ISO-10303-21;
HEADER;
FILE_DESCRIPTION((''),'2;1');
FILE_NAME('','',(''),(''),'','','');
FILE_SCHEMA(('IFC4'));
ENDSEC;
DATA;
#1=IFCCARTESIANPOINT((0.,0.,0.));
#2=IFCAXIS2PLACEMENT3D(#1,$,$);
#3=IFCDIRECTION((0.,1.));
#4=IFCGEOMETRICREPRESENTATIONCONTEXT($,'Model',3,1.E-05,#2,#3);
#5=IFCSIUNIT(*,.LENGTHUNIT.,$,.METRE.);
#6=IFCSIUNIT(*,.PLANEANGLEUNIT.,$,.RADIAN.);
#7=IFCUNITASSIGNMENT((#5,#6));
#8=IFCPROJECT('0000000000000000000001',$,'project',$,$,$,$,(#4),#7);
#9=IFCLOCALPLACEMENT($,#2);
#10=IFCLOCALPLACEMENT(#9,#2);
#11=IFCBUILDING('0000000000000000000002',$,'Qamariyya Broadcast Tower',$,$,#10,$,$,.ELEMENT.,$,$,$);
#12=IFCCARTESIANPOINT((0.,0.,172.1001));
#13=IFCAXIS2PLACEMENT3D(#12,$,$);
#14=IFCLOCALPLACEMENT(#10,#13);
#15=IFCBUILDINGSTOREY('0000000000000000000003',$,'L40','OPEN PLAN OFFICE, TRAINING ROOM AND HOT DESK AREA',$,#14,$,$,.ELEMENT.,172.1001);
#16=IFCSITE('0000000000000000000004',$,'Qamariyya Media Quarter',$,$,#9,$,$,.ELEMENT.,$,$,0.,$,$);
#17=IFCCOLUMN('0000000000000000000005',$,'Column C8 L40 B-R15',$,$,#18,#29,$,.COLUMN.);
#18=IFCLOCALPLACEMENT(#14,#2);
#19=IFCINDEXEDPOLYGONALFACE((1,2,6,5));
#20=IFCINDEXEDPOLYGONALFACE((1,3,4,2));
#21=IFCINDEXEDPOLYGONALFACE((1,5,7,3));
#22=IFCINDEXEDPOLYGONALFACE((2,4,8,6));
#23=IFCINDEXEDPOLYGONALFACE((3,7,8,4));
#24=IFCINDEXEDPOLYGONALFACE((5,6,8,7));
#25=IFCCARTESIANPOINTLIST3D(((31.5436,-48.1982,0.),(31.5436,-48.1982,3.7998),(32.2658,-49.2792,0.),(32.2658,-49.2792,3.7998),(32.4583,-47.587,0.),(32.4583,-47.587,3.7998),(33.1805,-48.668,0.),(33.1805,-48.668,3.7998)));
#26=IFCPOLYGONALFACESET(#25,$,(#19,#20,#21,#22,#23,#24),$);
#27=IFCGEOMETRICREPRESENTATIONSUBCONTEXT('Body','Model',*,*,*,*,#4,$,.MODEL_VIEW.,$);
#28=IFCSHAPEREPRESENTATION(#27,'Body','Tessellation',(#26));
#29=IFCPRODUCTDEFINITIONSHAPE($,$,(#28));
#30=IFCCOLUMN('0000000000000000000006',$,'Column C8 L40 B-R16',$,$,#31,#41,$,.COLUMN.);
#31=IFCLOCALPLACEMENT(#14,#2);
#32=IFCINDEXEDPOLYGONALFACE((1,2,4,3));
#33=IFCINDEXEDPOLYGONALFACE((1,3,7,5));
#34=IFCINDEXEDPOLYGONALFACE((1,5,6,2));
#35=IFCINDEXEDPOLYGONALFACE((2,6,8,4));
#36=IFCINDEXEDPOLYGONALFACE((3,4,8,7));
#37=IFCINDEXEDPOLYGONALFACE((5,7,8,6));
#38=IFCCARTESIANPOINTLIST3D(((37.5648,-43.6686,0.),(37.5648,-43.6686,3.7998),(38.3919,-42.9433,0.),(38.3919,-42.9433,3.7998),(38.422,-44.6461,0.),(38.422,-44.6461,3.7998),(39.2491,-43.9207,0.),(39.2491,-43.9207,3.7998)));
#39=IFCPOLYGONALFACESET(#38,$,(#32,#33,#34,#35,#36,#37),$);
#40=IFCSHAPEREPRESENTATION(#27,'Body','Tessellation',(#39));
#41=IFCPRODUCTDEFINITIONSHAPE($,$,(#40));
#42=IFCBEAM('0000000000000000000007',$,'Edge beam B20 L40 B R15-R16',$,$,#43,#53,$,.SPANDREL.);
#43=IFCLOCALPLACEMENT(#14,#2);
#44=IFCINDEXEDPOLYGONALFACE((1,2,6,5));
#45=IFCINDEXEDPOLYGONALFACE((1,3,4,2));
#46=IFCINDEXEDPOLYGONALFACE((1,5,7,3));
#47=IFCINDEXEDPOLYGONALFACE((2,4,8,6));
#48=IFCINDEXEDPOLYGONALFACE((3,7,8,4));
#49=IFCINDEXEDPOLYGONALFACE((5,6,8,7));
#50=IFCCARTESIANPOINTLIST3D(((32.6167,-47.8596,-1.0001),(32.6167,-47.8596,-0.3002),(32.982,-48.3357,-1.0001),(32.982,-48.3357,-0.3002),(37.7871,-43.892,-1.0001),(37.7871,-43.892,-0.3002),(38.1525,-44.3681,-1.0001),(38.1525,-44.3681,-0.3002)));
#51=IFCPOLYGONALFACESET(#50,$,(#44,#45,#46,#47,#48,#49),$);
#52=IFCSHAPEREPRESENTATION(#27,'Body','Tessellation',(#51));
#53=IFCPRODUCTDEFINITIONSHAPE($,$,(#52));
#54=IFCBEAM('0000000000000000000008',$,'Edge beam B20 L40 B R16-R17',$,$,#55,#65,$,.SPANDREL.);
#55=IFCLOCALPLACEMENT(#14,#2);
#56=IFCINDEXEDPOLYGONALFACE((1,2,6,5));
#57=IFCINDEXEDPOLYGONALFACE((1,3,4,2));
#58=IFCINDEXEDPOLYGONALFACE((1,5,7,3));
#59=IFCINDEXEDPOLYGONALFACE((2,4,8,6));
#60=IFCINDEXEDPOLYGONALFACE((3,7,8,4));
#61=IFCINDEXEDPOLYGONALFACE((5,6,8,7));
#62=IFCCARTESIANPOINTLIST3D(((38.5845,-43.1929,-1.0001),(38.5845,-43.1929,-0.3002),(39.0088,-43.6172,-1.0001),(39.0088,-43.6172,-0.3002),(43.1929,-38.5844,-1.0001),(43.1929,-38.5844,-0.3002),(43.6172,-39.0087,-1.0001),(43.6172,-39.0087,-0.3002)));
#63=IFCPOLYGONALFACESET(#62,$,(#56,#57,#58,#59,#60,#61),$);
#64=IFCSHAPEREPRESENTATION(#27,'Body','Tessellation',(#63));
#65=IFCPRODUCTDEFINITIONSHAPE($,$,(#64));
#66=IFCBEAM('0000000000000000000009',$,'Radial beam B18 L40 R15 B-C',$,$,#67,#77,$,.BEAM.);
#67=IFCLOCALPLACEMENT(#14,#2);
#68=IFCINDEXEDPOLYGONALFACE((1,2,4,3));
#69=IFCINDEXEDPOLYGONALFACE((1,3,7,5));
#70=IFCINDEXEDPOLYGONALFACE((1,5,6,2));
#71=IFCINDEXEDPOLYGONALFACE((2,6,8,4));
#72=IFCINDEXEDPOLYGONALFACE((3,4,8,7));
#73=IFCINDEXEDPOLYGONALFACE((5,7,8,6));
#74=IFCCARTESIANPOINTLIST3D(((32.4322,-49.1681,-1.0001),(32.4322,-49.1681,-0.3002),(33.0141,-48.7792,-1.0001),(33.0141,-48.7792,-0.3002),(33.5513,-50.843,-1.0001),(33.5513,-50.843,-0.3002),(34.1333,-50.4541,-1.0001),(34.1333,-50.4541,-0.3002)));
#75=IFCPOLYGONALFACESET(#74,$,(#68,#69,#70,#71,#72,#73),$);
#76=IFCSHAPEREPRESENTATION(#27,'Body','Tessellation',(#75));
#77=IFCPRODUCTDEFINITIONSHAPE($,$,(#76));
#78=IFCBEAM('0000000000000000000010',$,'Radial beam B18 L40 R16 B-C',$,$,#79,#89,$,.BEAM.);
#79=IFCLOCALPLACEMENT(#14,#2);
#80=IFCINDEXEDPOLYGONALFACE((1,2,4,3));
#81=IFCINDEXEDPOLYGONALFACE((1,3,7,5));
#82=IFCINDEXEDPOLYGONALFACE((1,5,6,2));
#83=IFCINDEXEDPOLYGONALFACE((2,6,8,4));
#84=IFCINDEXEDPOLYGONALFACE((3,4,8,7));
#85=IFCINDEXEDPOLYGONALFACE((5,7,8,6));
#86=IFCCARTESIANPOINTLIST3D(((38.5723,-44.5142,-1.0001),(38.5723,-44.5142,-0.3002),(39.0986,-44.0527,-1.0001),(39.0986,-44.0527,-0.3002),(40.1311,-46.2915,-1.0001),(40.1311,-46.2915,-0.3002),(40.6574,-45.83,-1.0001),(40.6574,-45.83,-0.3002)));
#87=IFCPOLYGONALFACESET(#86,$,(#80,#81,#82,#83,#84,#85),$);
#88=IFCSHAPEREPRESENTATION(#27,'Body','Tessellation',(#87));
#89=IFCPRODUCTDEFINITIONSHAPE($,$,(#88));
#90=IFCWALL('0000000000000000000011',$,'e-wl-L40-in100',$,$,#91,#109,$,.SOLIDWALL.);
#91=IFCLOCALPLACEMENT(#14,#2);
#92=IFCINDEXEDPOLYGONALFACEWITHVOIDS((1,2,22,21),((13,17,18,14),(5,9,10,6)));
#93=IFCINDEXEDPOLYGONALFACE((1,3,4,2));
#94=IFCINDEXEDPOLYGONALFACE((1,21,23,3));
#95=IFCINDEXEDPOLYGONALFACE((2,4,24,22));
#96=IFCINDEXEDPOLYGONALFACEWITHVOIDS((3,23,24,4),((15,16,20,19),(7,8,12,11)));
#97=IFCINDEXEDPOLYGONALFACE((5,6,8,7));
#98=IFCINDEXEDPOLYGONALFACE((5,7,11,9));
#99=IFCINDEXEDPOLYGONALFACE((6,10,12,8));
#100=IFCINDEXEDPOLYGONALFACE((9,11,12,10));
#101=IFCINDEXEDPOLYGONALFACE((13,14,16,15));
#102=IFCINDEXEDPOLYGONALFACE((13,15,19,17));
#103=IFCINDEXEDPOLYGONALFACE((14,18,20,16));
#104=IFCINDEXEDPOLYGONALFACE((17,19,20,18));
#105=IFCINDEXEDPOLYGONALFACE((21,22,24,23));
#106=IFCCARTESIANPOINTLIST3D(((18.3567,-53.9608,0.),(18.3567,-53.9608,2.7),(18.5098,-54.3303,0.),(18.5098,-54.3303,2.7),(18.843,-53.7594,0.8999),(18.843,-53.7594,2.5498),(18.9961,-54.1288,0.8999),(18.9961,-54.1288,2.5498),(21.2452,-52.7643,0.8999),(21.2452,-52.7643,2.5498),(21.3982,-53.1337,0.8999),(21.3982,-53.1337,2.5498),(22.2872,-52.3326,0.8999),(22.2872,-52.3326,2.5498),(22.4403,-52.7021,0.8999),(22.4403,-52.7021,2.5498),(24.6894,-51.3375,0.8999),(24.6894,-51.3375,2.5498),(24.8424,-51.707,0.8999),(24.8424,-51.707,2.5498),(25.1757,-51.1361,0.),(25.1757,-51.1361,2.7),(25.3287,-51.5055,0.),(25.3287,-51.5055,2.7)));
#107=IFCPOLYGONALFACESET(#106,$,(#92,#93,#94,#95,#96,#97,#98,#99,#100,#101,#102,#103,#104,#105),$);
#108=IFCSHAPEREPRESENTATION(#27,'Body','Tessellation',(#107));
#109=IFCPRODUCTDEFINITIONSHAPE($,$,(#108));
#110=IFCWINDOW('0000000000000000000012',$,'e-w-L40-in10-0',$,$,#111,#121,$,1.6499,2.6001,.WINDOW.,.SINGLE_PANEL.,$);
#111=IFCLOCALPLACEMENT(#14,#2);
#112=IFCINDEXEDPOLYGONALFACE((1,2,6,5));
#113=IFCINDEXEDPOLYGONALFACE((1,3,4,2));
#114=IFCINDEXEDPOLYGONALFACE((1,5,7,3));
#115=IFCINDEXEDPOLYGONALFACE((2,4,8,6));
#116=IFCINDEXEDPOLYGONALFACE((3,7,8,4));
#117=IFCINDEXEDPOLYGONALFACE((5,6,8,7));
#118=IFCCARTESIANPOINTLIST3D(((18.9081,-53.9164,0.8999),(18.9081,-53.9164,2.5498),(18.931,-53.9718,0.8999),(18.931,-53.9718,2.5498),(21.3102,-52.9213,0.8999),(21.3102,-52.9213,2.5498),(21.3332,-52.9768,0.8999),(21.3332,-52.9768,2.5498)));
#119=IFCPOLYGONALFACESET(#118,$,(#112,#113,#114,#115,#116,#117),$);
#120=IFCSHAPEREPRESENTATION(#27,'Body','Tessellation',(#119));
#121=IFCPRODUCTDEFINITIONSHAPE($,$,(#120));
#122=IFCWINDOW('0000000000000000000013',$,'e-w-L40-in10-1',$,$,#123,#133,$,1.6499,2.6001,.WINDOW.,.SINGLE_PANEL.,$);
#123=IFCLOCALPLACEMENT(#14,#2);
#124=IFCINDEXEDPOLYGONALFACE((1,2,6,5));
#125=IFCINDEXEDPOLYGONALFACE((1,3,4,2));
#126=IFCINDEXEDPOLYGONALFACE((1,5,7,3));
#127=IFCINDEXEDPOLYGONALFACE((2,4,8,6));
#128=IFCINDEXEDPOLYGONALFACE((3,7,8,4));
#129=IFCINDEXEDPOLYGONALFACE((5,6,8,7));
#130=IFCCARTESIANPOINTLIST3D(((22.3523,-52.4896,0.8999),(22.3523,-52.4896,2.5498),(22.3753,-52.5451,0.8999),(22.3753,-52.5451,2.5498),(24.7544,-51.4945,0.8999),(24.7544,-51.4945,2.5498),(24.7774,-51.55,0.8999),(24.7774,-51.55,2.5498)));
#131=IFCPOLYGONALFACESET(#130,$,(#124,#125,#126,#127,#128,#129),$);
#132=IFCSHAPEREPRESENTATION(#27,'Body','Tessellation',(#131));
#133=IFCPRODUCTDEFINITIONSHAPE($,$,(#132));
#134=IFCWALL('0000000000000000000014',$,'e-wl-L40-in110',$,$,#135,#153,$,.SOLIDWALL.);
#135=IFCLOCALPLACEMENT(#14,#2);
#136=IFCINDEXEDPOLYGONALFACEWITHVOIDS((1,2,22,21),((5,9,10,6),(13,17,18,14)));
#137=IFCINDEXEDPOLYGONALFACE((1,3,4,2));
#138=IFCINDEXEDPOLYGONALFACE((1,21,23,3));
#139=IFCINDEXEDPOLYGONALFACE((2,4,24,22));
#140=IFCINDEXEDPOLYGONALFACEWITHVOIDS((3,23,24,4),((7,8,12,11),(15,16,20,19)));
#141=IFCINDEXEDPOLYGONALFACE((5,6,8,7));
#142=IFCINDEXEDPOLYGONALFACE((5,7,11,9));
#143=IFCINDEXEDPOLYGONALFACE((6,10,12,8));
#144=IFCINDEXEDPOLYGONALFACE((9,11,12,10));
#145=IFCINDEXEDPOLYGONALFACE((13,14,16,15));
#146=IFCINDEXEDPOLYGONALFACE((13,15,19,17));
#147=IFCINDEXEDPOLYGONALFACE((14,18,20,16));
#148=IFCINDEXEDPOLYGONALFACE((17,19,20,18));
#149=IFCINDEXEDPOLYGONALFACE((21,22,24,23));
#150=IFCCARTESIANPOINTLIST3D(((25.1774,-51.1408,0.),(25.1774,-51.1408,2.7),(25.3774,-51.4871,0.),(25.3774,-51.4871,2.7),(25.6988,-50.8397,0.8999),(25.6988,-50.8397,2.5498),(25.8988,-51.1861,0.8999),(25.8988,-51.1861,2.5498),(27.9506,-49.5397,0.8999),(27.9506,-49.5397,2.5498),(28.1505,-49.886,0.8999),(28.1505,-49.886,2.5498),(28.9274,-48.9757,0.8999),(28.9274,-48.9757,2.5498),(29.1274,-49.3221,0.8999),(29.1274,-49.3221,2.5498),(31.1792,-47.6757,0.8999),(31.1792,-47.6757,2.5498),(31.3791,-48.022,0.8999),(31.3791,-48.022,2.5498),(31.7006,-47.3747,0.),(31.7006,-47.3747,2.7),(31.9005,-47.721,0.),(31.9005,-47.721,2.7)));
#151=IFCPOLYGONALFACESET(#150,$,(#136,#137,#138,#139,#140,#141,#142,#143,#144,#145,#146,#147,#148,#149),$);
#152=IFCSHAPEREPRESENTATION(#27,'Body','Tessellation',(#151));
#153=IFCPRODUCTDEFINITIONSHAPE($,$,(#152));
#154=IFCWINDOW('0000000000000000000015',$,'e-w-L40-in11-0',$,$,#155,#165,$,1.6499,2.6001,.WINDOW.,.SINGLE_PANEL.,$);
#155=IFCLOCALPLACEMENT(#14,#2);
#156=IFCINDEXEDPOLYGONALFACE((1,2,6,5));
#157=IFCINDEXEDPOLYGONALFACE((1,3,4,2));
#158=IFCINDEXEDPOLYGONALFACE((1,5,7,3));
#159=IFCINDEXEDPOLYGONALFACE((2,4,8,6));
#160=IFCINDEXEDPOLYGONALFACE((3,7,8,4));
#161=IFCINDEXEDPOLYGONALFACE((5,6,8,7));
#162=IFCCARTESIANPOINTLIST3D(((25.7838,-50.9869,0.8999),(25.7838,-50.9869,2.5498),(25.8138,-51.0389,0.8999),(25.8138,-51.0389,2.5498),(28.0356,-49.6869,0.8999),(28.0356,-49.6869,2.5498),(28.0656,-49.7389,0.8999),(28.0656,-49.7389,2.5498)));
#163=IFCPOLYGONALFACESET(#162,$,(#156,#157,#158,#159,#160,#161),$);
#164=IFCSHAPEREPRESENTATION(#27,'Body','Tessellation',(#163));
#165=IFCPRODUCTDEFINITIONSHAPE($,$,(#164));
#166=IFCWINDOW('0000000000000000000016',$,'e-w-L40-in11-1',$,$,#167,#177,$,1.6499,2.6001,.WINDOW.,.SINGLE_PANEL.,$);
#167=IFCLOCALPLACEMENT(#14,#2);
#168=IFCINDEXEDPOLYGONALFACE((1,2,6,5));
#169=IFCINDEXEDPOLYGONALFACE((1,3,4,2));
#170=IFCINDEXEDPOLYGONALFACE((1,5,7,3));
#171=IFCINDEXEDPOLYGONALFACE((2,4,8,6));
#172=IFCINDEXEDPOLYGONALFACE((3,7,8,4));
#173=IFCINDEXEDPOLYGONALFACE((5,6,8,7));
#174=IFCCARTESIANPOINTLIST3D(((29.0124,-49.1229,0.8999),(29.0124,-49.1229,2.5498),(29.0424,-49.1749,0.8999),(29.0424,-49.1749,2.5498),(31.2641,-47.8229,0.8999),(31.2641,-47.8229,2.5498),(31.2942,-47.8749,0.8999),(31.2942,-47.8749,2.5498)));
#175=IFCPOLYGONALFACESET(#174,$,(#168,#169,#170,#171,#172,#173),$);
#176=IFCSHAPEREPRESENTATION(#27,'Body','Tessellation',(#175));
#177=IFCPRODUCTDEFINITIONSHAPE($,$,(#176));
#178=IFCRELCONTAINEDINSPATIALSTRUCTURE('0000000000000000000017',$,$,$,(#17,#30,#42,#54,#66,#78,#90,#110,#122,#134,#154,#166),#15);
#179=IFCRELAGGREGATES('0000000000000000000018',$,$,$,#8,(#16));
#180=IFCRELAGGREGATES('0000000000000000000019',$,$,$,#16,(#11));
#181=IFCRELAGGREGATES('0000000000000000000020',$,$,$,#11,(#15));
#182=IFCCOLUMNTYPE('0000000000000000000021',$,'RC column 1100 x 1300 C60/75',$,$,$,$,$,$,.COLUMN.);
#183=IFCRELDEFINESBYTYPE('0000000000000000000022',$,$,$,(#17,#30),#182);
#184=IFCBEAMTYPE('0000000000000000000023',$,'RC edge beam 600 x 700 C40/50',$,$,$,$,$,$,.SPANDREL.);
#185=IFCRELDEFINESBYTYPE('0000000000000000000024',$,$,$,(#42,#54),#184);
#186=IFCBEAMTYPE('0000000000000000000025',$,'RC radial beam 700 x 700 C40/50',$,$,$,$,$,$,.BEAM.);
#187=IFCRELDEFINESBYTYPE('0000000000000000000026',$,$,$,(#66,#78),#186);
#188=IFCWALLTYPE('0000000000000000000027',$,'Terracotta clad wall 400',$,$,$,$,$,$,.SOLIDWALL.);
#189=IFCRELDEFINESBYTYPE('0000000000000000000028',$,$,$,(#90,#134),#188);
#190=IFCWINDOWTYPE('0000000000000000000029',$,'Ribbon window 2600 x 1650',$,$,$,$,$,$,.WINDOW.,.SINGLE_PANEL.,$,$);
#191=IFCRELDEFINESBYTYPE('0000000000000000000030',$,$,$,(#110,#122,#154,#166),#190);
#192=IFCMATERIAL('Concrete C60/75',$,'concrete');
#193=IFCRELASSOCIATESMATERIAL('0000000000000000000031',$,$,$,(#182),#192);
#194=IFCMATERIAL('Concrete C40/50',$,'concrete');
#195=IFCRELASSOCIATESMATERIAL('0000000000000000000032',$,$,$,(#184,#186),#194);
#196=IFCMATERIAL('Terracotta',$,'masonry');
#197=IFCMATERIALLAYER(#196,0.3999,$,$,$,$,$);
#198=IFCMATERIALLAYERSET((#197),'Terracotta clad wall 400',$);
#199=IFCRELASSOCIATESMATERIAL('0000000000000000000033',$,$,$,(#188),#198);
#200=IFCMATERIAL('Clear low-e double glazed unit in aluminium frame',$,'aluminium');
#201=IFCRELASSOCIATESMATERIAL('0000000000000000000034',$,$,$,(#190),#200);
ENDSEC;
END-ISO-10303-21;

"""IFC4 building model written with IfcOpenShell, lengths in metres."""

from ifc_helpers import new_model, si_unit, direction, frame, frame_2d, origin, origin_2d, place, context, subcontext, project, spatial, rectangle, extrude, material, layer, layer_set, material_profile, profile_set, type_object, element, fill, save


model = new_model("IFC4")

# Units and contexts
model_context = context("Model", 3, precision=1e-05, world=origin(), true_north=direction((0.0, 1.0)))
body_context = subcontext(model_context, "Body", "Model", "MODEL_VIEW")
ifc_project = project(units=[si_unit("LENGTHUNIT", "METRE"), si_unit("PLANEANGLEUNIT", "RADIAN")], contexts=[model_context])

# Site, building, storey
site_placement = place(None, origin())
site = spatial("IfcSite", under=ifc_project, at=site_placement, Name="Qamariyya Media Quarter", CompositionType="ELEMENT", RefElevation=0.0)
building_placement = place(site_placement, origin())
building = spatial("IfcBuilding", under=site, at=building_placement, Name="Qamariyya Broadcast Tower", CompositionType="ELEMENT")
storey_placement = place(building_placement, frame((0.0, 0.0, 172.1001)))
storey = spatial("IfcBuildingStorey", under=building, at=storey_placement, Name="L40", Description="OPEN PLAN OFFICE, TRAINING ROOM AND HOT DESK AREA", CompositionType="ELEMENT", Elevation=172.1001)

# Columns
ifc_material_1 = material(Name="Concrete C60/75", Category="concrete")
ifc_material_profile_1 = material_profile(ifc_material_1, rectangle(XDim=1.1001, YDim=1.3, at=origin_2d()))
ifc_profile_set_1 = profile_set([ifc_material_profile_1], Name="Concrete C60/75")
column_type = type_object("IfcColumnType", Name="RC column 1100 x 1300 C60/75", PredefinedType="COLUMN", material=ifc_profile_set_1)
for number, where, z_axis, x_axis, name in (
    (1, (32.3621, -48.4331, 0.0), (0.0, 0.0, 1.0), (0.83147, 0.55557, 0.0), "Column C8 L40 B-R15"),
    (2, (38.407, -43.7947, 0.0), (0.0, 0.0, 1.0), (0.75184, 0.659346, 0.0), "Column C8 L40 B-R16"),
):
    element("IfcColumn", number, at=place(storey_placement, frame(where, z_axis=z_axis, x_axis=x_axis)), inside=storey, type_object=column_type, Name=name, PredefinedType="COLUMN", context=body_context, shape_type="SweptSolid", body=[
        extrude(rectangle(XDim=1.1001, YDim=1.3, at=origin_2d()), origin(), (0.0, 0.0, 1.0), 3.7998),
    ])

# Beams
ifc_material_2 = material(Name="Concrete C40/50", Category="concrete")
ifc_material_profile_2 = material_profile(ifc_material_2, rectangle(XDim=0.6001, YDim=0.7, at=origin_2d()))
ifc_profile_set_2 = profile_set([ifc_material_profile_2], Name="Concrete C40/50")
beam_type_1 = type_object("IfcBeamType", Name="RC edge beam 600 x 700 C40/50", PredefinedType="SPANDREL", material=ifc_profile_set_2)
for number, where, z_axis, x_axis, name in (
    (3, (32.7993, -48.0977, -0.6501), (0.793343, 0.608774, 0.0), (-0.608774, 0.793343, 0.0), "Edge beam B20 L40 B R15-R16"),
    (4, (38.7966, -43.405, -0.6501), (0.707107, 0.707107, 0.0), (-0.707107, 0.707107, 0.0), "Edge beam B20 L40 B R16-R17"),
):
    element("IfcBeam", number, at=place(storey_placement, frame(where, z_axis=z_axis, x_axis=x_axis)), inside=storey, type_object=beam_type_1, Name=name, PredefinedType="SPANDREL", context=body_context, shape_type="SweptSolid", body=[
        extrude(rectangle(XDim=0.6001, YDim=0.7, at=origin_2d()), origin(), (0.0, 0.0, 1.0), 6.5173),
    ])
ifc_material_profile_3 = material_profile(ifc_material_2, rectangle(XDim=0.7, YDim=0.7, at=origin_2d()))
ifc_profile_set_3 = profile_set([ifc_material_profile_3], Name="Concrete C40/50")
beam_type_2 = type_object("IfcBeamType", Name="RC radial beam 700 x 700 C40/50", PredefinedType="BEAM", material=ifc_profile_set_3)
beam_1_placement = place(storey_placement, frame((32.7231, -48.9736, -0.6501), z_axis=(0.555595, -0.831453, 0.0), x_axis=(0.831453, 0.555595, 0.0)))
element("IfcBeam", 5, at=beam_1_placement, inside=storey, type_object=beam_type_2, Name="Radial beam B18 L40 R15 B-C", PredefinedType="BEAM", context=body_context, shape_type="SweptSolid", body=[
    extrude(rectangle(XDim=0.7, YDim=0.7, at=origin_2d()), origin(), (0.0, 0.0, 1.0), 2.0144),
])
beam_2_placement = place(storey_placement, frame((38.8354, -44.2834, -0.6501), z_axis=(0.659382, -0.751809, 0.0), x_axis=(0.751809, 0.659382, 0.0)))
element("IfcBeam", 6, at=beam_2_placement, inside=storey, type_object=beam_type_2, Name="Radial beam B18 L40 R16 B-C", PredefinedType="BEAM", context=body_context, shape_type="SweptSolid", body=[
    extrude(rectangle(XDim=0.7, YDim=0.7, at=origin_2d()), origin(), (0.0, 0.0, 1.0), 2.364),
])

# Walls, openings, windows
ifc_material_3 = material(Name="Terracotta", Category="masonry")
ifc_layer = layer(ifc_material_3, 0.3999)
ifc_layer_set = layer_set([ifc_layer], Name="Terracotta clad wall 400")
wall_type = type_object("IfcWallType", Name="Terracotta clad wall 400", PredefinedType="SOLIDWALL", material=ifc_layer_set)
wall_1_placement = place(storey_placement, frame((25.2522, -51.3208, 0.0), z_axis=(0.0, 0.0, 1.0), x_axis=(-0.923868, -0.382712, 0.0)))
wall_1 = element("IfcWall", 7, at=wall_1_placement, inside=storey, type_object=wall_type, Name="e-wl-L40-in100", PredefinedType="SOLIDWALL", context=body_context, shape_type="SweptSolid", body=[
    extrude(rectangle(XDim=7.3809, YDim=0.3999, at=frame_2d((3.6904, 0.0))), origin(), (0.0, 0.0, 1.0), 2.7),
])
opening_1_placement = place(wall_1_placement, frame((4.2544, 0.0, 0.8999)))
opening_1 = element("IfcOpeningElement", 8, at=opening_1_placement, cuts=wall_1, PredefinedType="OPENING", context=body_context, shape_type="SweptSolid", body=[
    extrude(rectangle(XDim=2.6001, YDim=1.6499, at=frame_2d((1.3, 0.825))), frame((0.0, 0.21, 0.0), z_axis=(0.0, -1.0, 0.0), x_axis=(1.0, 0.0, 0.0)), (0.0, 0.0, 1.0), 0.4199),
])
opening_2_placement = place(wall_1_placement, frame((0.5264, 0.0, 0.8999)))
opening_2 = element("IfcOpeningElement", 9, at=opening_2_placement, cuts=wall_1, PredefinedType="OPENING", context=body_context, shape_type="SweptSolid", body=[
    extrude(rectangle(XDim=2.6001, YDim=1.6499, at=frame_2d((1.3, 0.825))), frame((0.0, 0.21, 0.0), z_axis=(0.0, -1.0, 0.0), x_axis=(1.0, 0.0, 0.0)), (0.0, 0.0, 1.0), 0.4199),
])
ifc_material_4 = material(Name="Clear low-e double glazed unit in aluminium frame", Category="aluminium")
window_type = type_object("IfcWindowType", Name="Ribbon window 2600 x 1650", PartitioningType="SINGLE_PANEL", PredefinedType="WINDOW", material=ifc_material_4)
window_1_placement = place(opening_1_placement, origin())
window_1 = element("IfcWindow", 10, at=window_1_placement, inside=storey, type_object=window_type, Name="e-w-L40-in10-0", OverallHeight=1.6499, OverallWidth=2.6001, PartitioningType="SINGLE_PANEL", PredefinedType="WINDOW", context=body_context, shape_type="SweptSolid", body=[
    extrude(rectangle(XDim=2.6001, YDim=1.6499, at=frame_2d((1.3, 0.825))), frame((0.0, 0.03, 0.0), z_axis=(0.0, -1.0, 0.0), x_axis=(1.0, 0.0, 0.0)), (0.0, 0.0, 1.0), 0.0601),
])
fill(opening_1, window_1)
window_2_placement = place(opening_2_placement, origin())
window_2 = element("IfcWindow", 11, at=window_2_placement, inside=storey, type_object=window_type, Name="e-w-L40-in10-1", OverallHeight=1.6499, OverallWidth=2.6001, PartitioningType="SINGLE_PANEL", PredefinedType="WINDOW", context=body_context, shape_type="SweptSolid", body=[
    extrude(rectangle(XDim=2.6001, YDim=1.6499, at=frame_2d((1.3, 0.825))), frame((0.0, 0.03, 0.0), z_axis=(0.0, -1.0, 0.0), x_axis=(1.0, 0.0, 0.0)), (0.0, 0.0, 1.0), 0.0601),
])
fill(opening_2, window_2)
wall_2_placement = place(storey_placement, frame((31.8005, -47.5479, 0.0), z_axis=(0.0, 0.0, 1.0), x_axis=(-0.866029, -0.499995, 0.0)))
wall_2 = element("IfcWall", 12, at=wall_2_placement, inside=storey, type_object=wall_type, Name="e-wl-L40-in110", PredefinedType="SOLIDWALL", context=body_context, shape_type="SweptSolid", body=[
    extrude(rectangle(XDim=7.5322, YDim=0.3999, at=frame_2d((3.7661, 0.0))), origin(), (0.0, 0.0, 1.0), 2.7),
])
opening_3_placement = place(wall_2_placement, frame((4.3301, 0.0, 0.8999)))
opening_3 = element("IfcOpeningElement", 13, at=opening_3_placement, cuts=wall_2, PredefinedType="OPENING", context=body_context, shape_type="SweptSolid", body=[
    extrude(rectangle(XDim=2.6001, YDim=1.6499, at=frame_2d((1.3, 0.825))), frame((0.0, 0.21, 0.0), z_axis=(0.0, -1.0, 0.0), x_axis=(1.0, 0.0, 0.0)), (0.0, 0.0, 1.0), 0.4199),
])
opening_4_placement = place(wall_2_placement, frame((0.6021, 0.0, 0.8999)))
opening_4 = element("IfcOpeningElement", 14, at=opening_4_placement, cuts=wall_2, PredefinedType="OPENING", context=body_context, shape_type="SweptSolid", body=[
    extrude(rectangle(XDim=2.6001, YDim=1.6499, at=frame_2d((1.3, 0.825))), frame((0.0, 0.21, 0.0), z_axis=(0.0, -1.0, 0.0), x_axis=(1.0, 0.0, 0.0)), (0.0, 0.0, 1.0), 0.4199),
])
window_3_placement = place(opening_3_placement, origin())
window_3 = element("IfcWindow", 15, at=window_3_placement, inside=storey, type_object=window_type, Name="e-w-L40-in11-0", OverallHeight=1.6499, OverallWidth=2.6001, PartitioningType="SINGLE_PANEL", PredefinedType="WINDOW", context=body_context, shape_type="SweptSolid", body=[
    extrude(rectangle(XDim=2.6001, YDim=1.6499, at=frame_2d((1.3, 0.825))), frame((0.0, 0.03, 0.0), z_axis=(0.0, -1.0, 0.0), x_axis=(1.0, 0.0, 0.0)), (0.0, 0.0, 1.0), 0.0601),
])
fill(opening_3, window_3)
window_4_placement = place(opening_4_placement, origin())
window_4 = element("IfcWindow", 16, at=window_4_placement, inside=storey, type_object=window_type, Name="e-w-L40-in11-1", OverallHeight=1.6499, OverallWidth=2.6001, PartitioningType="SINGLE_PANEL", PredefinedType="WINDOW", context=body_context, shape_type="SweptSolid", body=[
    extrude(rectangle(XDim=2.6001, YDim=1.6499, at=frame_2d((1.3, 0.825))), frame((0.0, 0.03, 0.0), z_axis=(0.0, -1.0, 0.0), x_axis=(1.0, 0.0, 0.0)), (0.0, 0.0, 1.0), 0.0601),
])
fill(opening_4, window_4)

save(model, "model.ifc")
